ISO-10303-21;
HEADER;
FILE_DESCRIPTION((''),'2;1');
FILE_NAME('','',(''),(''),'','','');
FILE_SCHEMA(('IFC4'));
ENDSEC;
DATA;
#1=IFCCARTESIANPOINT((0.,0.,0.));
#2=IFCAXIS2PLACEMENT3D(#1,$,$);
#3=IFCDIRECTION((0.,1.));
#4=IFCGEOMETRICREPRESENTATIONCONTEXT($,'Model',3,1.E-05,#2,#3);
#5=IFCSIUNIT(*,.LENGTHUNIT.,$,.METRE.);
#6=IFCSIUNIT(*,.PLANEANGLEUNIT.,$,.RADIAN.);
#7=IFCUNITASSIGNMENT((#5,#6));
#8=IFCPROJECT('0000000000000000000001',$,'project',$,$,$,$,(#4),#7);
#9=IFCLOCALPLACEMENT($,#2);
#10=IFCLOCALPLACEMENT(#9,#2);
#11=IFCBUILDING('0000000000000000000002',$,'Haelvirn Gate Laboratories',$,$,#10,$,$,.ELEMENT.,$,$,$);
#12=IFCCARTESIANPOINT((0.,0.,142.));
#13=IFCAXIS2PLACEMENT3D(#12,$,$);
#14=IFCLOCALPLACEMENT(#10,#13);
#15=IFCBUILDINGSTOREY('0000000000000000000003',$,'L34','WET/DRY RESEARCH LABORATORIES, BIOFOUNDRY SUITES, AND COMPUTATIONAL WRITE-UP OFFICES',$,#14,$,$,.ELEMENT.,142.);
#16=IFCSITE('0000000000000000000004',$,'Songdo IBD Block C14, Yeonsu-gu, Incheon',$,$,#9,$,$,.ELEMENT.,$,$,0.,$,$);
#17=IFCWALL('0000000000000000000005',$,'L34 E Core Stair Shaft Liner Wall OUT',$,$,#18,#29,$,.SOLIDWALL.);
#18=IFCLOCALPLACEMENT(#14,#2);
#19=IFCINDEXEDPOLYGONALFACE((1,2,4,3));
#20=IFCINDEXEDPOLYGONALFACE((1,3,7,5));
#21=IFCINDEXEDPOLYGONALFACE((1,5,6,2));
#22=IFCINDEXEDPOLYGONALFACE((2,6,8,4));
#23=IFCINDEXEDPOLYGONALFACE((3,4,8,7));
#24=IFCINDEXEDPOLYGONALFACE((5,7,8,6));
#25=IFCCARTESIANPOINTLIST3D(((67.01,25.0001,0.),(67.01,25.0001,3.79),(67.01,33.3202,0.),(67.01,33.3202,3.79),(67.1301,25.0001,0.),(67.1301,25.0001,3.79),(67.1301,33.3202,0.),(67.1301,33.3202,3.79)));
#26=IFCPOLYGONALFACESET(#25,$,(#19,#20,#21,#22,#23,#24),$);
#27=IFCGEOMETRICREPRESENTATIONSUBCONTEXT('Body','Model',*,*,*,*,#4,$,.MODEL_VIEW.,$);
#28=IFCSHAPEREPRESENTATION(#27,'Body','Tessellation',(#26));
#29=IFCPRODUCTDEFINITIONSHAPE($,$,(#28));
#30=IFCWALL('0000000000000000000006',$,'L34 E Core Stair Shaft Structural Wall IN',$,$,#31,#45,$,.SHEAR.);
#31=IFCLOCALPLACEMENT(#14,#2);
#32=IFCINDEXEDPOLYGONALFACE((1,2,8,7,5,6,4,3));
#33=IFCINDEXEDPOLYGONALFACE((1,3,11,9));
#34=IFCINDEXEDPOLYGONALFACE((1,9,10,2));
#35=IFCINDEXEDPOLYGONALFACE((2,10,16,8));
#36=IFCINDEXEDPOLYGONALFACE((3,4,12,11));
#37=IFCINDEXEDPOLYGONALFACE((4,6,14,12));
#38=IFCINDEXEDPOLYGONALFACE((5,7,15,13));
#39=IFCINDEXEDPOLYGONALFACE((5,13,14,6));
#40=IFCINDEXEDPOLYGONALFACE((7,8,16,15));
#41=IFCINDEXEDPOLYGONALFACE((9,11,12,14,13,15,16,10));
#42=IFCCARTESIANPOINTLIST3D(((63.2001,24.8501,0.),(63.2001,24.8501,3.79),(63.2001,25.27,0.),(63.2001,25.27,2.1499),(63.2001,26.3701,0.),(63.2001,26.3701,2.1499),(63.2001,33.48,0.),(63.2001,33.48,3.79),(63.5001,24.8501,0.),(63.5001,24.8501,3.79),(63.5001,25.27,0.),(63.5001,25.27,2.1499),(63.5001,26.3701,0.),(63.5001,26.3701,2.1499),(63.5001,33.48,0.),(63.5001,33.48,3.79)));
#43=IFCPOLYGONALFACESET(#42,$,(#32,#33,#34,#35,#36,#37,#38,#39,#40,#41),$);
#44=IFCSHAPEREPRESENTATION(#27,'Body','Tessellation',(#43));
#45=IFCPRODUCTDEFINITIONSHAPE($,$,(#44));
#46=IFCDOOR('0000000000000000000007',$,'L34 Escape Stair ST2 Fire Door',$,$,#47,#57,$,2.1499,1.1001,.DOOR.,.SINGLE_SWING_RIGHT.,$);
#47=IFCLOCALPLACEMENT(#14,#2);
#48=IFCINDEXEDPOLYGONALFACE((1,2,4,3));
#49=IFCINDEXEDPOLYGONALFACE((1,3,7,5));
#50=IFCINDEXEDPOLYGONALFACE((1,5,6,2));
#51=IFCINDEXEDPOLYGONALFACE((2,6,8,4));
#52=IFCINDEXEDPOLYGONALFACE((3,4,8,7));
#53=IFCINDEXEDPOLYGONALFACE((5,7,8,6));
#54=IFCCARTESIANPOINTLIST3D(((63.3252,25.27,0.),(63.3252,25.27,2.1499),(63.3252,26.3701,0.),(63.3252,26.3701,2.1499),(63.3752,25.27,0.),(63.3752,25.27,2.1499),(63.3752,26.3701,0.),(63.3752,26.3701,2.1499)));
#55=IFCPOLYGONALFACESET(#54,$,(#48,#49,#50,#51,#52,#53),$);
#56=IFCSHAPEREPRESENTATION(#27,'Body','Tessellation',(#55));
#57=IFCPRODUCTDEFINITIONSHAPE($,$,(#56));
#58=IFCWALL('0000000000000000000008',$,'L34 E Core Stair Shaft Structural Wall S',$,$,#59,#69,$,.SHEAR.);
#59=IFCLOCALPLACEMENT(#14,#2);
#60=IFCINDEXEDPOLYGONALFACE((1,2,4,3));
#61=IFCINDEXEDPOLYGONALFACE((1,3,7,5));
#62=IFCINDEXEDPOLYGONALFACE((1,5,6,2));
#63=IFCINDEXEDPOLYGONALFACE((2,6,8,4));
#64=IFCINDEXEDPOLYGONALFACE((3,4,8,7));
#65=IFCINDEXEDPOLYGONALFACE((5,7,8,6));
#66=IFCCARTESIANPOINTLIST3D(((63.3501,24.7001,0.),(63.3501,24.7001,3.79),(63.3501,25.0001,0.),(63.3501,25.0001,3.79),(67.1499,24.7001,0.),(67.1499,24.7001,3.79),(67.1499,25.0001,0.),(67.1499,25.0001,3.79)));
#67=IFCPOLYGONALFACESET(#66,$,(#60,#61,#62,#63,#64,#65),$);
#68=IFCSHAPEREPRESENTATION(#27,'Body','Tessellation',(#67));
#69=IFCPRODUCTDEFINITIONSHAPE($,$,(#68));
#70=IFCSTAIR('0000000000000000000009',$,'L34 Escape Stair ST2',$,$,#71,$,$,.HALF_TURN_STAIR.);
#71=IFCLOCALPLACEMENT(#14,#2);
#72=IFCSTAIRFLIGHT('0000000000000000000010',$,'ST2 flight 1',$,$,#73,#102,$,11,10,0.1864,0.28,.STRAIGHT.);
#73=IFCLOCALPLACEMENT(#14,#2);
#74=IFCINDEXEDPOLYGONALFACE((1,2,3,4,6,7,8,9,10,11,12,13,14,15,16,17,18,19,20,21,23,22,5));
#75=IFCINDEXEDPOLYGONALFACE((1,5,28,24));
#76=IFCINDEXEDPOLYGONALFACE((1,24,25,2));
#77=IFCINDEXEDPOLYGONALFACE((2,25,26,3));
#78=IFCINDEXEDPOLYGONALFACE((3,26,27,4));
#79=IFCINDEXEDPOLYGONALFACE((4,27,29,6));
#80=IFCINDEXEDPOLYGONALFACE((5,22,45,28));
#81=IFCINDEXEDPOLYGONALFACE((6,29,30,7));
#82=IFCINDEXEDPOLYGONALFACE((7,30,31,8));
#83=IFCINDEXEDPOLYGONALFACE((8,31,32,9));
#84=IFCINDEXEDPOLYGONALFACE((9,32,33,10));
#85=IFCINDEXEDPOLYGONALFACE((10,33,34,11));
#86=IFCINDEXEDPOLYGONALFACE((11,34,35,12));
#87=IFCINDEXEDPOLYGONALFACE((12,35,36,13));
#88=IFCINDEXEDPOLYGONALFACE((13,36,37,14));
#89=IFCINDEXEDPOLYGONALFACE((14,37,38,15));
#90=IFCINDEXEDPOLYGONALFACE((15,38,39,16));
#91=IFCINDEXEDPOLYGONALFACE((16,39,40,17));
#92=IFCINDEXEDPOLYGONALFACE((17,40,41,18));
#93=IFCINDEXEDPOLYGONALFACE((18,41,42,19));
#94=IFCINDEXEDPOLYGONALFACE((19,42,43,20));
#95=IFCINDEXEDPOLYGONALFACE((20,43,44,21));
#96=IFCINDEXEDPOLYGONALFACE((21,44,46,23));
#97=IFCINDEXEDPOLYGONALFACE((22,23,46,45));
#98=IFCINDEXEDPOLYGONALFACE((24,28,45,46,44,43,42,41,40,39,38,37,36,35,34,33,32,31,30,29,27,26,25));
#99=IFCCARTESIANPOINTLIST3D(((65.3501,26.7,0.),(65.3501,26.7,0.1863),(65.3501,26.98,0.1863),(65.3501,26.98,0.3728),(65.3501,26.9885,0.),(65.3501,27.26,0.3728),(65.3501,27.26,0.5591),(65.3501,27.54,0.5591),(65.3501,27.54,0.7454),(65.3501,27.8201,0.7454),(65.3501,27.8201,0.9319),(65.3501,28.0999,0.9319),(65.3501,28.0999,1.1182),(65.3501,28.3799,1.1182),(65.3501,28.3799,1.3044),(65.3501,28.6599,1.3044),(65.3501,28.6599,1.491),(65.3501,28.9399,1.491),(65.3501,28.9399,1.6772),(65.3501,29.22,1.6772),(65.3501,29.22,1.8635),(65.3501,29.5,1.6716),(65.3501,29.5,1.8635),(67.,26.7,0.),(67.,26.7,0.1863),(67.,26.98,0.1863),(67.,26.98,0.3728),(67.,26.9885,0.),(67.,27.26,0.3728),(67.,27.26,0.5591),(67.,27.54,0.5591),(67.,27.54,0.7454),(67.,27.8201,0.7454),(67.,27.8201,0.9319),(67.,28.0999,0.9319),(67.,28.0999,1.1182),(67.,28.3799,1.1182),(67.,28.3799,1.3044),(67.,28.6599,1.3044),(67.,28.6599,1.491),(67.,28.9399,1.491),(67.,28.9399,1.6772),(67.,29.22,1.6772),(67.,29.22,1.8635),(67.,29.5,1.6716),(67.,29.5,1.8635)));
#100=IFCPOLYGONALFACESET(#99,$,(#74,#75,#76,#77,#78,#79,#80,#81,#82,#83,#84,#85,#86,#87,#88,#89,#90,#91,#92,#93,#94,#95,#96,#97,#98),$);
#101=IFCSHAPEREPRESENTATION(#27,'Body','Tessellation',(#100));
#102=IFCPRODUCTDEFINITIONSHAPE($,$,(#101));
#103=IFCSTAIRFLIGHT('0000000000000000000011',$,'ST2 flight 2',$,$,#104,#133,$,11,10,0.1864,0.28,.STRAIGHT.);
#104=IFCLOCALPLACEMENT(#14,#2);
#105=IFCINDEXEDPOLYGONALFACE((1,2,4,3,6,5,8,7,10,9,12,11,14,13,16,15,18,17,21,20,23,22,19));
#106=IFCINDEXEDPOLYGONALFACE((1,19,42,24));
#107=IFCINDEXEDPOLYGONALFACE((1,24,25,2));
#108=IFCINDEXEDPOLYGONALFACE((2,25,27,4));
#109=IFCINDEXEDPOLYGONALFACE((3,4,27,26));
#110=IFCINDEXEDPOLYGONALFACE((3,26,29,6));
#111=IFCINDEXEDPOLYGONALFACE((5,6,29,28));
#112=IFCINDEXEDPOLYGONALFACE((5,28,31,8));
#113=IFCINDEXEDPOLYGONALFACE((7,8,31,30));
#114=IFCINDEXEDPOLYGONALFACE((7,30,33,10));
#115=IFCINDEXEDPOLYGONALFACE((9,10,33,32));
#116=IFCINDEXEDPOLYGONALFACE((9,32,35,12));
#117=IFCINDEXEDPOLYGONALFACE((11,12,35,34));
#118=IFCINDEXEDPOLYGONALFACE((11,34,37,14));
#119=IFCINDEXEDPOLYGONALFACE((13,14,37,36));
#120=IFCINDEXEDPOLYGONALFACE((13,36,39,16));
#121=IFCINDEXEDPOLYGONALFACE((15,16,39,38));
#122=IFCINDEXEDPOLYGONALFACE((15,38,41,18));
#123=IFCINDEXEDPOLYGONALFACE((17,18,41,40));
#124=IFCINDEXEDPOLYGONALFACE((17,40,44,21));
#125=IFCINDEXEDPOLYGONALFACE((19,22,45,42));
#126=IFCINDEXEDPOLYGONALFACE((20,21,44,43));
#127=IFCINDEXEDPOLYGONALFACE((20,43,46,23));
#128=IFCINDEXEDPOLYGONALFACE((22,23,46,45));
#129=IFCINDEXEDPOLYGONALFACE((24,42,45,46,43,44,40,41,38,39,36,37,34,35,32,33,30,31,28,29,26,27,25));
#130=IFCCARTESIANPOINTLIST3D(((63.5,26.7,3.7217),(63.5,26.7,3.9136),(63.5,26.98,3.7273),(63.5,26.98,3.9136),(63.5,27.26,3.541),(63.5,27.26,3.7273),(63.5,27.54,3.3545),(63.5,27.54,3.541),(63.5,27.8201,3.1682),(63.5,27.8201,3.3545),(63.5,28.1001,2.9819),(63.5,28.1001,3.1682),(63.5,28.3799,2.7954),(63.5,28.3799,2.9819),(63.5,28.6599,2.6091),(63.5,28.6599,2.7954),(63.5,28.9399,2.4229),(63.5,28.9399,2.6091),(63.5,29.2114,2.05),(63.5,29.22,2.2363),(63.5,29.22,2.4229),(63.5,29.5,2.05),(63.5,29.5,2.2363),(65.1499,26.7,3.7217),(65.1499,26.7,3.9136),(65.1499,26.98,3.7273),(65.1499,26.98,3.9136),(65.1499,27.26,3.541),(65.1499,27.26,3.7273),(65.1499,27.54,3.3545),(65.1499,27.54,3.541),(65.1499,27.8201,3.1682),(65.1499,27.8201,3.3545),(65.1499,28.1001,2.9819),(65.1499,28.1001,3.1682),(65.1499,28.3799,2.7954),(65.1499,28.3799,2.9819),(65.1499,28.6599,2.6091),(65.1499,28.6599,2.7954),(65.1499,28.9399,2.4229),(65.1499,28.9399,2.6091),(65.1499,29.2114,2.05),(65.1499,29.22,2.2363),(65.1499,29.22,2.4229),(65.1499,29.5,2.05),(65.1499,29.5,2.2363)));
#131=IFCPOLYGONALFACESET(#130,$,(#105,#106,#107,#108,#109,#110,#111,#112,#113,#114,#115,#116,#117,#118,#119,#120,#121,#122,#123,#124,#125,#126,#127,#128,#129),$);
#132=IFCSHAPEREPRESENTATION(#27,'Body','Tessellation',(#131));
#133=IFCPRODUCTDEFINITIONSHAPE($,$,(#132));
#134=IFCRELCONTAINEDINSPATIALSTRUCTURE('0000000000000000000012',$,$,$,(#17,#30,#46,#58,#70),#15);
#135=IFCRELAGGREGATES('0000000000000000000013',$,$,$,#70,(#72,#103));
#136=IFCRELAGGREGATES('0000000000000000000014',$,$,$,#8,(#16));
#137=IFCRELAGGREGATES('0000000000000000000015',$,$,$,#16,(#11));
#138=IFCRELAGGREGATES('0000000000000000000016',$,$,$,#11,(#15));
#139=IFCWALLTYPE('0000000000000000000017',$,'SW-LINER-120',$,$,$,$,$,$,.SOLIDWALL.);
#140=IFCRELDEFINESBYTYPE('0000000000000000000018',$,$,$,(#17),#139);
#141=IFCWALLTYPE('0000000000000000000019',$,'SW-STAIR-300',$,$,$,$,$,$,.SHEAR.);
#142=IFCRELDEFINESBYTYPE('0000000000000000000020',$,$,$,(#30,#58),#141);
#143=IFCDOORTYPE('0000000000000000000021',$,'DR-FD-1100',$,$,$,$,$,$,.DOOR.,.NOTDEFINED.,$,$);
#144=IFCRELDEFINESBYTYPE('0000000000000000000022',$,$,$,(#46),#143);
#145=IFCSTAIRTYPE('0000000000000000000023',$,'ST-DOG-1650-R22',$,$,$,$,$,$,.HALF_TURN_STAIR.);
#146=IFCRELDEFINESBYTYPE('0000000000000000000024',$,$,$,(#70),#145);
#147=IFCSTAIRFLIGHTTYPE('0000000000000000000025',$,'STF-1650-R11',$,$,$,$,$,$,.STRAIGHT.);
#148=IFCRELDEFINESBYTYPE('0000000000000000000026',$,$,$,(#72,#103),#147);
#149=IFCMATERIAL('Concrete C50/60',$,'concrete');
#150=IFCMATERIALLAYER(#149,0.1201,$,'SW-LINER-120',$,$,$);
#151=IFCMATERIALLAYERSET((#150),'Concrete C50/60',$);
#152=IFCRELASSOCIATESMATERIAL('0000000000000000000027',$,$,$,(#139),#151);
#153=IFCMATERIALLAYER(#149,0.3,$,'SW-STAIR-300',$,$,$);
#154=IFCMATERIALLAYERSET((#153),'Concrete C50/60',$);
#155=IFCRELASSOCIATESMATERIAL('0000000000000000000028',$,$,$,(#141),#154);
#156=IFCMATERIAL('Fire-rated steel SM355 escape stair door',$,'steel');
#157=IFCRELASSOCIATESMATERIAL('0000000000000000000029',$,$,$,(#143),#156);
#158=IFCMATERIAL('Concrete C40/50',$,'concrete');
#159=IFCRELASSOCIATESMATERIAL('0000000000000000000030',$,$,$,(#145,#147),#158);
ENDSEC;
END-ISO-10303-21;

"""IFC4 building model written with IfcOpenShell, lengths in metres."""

from ifc_helpers import new_model, si_unit, direction, frame, frame_2d, origin, place, context, subcontext, project, spatial, polyline, rectangle, outline, extrude, source, transform, mapped, material, layer, layer_set, type_object, type_shapes, element, fill, aggregate, save


model = new_model("IFC4")

# Units and contexts
model_context = context("Model", 3, precision=1e-05, world=origin(), true_north=direction((0.0, 1.0)))
body_context = subcontext(model_context, "Body", "Model", "MODEL_VIEW")
ifc_project = project(units=[si_unit("LENGTHUNIT", "METRE"), si_unit("PLANEANGLEUNIT", "RADIAN")], contexts=[model_context])

# Site, building, storey
site_placement = place(None, origin())
site = spatial("IfcSite", under=ifc_project, at=site_placement, Name="Songdo IBD Block C14, Yeonsu-gu, Incheon", CompositionType="ELEMENT", RefElevation=0.0)
building_placement = place(site_placement, origin())
building = spatial("IfcBuilding", under=site, at=building_placement, Name="Haelvirn Gate Laboratories", CompositionType="ELEMENT")
storey_placement = place(building_placement, frame((0.0, 0.0, 142.0)))
storey = spatial("IfcBuildingStorey", under=building, at=storey_placement, Name="L34", Description="WET/DRY RESEARCH LABORATORIES, BIOFOUNDRY SUITES, AND COMPUTATIONAL WRITE-UP OFFICES", CompositionType="ELEMENT", Elevation=142.0)

# Wall
ifc_material_1 = material(Name="Concrete C40/50", Category="concrete")
ifc_material_2 = material(Name="Concrete C50/60", Category="concrete")
ifc_layer_1 = layer(ifc_material_2, 0.1201, Name="SW-LINER-120")
ifc_layer_set_1 = layer_set([ifc_layer_1], Name="Concrete C50/60")
wall_type_1 = type_object("IfcWallType", Name="SW-LINER-120", PredefinedType="SOLIDWALL", material=ifc_layer_set_1)
wall_1_placement = place(storey_placement, frame((67.0701, 25.0, 0.0), z_axis=(0.0, 0.0, 1.0), x_axis=(0.0, 1.0, 0.0)))
element("IfcWall", 1, at=wall_1_placement, inside=storey, type_object=wall_type_1, Name="L34 E Core Stair Shaft Liner Wall OUT", PredefinedType="SOLIDWALL", context=body_context, shape_type="SweptSolid", body=[
    extrude(rectangle(XDim=8.3201, YDim=0.1201, at=frame_2d((4.1602, 0.0))), origin(), (0.0, 0.0, 1.0), 3.79),
])

# Wall, opening, door
ifc_layer_2 = layer(ifc_material_2, 0.3, Name="SW-STAIR-300")
ifc_layer_set_2 = layer_set([ifc_layer_2], Name="Concrete C50/60")
wall_type_2 = type_object("IfcWallType", Name="SW-STAIR-300", PredefinedType="SHEAR", material=ifc_layer_set_2)
wall_2_placement = place(storey_placement, frame((63.3501, 24.8501, 0.0), z_axis=(0.0, 0.0, 1.0), x_axis=(0.0, 1.0, 0.0)))
wall_2 = element("IfcWall", 2, at=wall_2_placement, inside=storey, type_object=wall_type_2, Name="L34 E Core Stair Shaft Structural Wall IN", PredefinedType="SHEAR", context=body_context, shape_type="SweptSolid", body=[
    extrude(rectangle(XDim=8.6299, YDim=0.3, at=frame_2d((4.3149, 0.0))), origin(), (0.0, 0.0, 1.0), 3.79),
])
opening_1_placement = place(wall_2_placement, frame((0.4199, 0.0, 0.0)))
opening_1 = element("IfcOpeningElement", 3, at=opening_1_placement, cuts=wall_2, PredefinedType="OPENING", context=body_context, shape_type="SweptSolid", body=[
    extrude(rectangle(XDim=1.1001, YDim=2.1499, at=frame_2d((0.55, 1.075))), frame((0.0, 0.1602, 0.0), z_axis=(0.0, -1.0, 0.0), x_axis=(1.0, 0.0, 0.0)), (0.0, 0.0, 1.0), 0.3201),
])
ifc_material_3 = material(Name="Fire-rated steel SM355 escape stair door", Category="steel")
door_type_1 = type_object("IfcDoorType", Name="DR-FD-1100", OperationType="NOTDEFINED", PredefinedType="DOOR", material=ifc_material_3)
shared_shape_1 = source(origin(), body_context, "Body", "SweptSolid", [
    extrude(rectangle(XDim=1.1001, YDim=2.1499, at=frame_2d((0.55, 1.075))), frame((0.0, 0.0249, 0.0), z_axis=(0.0, -1.0, 0.0), x_axis=(1.0, 0.0, 0.0)), (0.0, 0.0, 1.0), 0.05),
])
type_shapes(door_type_1, [shared_shape_1])
door_1_placement = place(opening_1_placement, origin())
door_1 = element("IfcDoor", 4, at=door_1_placement, inside=storey, type_object=door_type_1, Name="L34 Escape Stair ST2 Fire Door", OperationType="SINGLE_SWING_RIGHT", OverallHeight=2.1499, OverallWidth=1.1001, PredefinedType="DOOR", context=body_context, shape_type="MappedRepresentation", body=[
    mapped(shared_shape_1, transform((0.0, 0.0, 0.0), scale=1.0)),
])
fill(opening_1, door_1)

# Wall
wall_3_placement = place(storey_placement, frame((63.3501, 24.8501, 0.0), z_axis=(0.0, 0.0, 1.0), x_axis=(1.0, 0.0, 0.0)))
element("IfcWall", 5, at=wall_3_placement, inside=storey, type_object=wall_type_2, Name="L34 E Core Stair Shaft Structural Wall S", PredefinedType="SHEAR", context=body_context, shape_type="SweptSolid", body=[
    extrude(rectangle(XDim=3.7998, YDim=0.3, at=frame_2d((1.8999, 0.0))), origin(), (0.0, 0.0, 1.0), 3.79),
])

# Stair, stair flights
stair_type = type_object("IfcStairType", Name="ST-DOG-1650-R22", PredefinedType="HALF_TURN_STAIR", material=ifc_material_1)
stair_placement = place(storey_placement, origin())
stair = element("IfcStair", 6, at=stair_placement, inside=storey, type_object=stair_type, Name="L34 Escape Stair ST2", PredefinedType="HALF_TURN_STAIR")
stair_flight_type = type_object("IfcStairFlightType", Name="STF-1650-R11", PredefinedType="STRAIGHT", material=ifc_material_1)
shared_shape_2 = source(origin(), body_context, "Body", "SweptSolid", [
    extrude(outline(polyline([(0.0, 0.0), (0.0, 0.1863), (0.28, 0.1863), (0.28, 0.3728), (0.5601, 0.3728), (0.5601, 0.5591), (0.8401, 0.5591), (0.8401, 0.7454), (1.1201, 0.7454), (1.1201, 0.9319), (1.3999, 0.9319), (1.3999, 1.1182), (1.6799, 1.1182), (1.6799, 1.3044), (1.96, 1.3044), (1.96, 1.491), (2.24, 1.491), (2.24, 1.6772), (2.52, 1.6772), (2.52, 1.8635), (2.8, 1.8635), (2.8, 2.05), (2.8, 1.6716), (0.2886, 0.0), (0.0, 0.0)])), frame((0.0, 0.825, 0.0), z_axis=(0.0, -1.0, 0.0), x_axis=(1.0, 0.0, 0.0)), (0.0, 0.0, 1.0), 1.6499),
])
type_shapes(stair_flight_type, [shared_shape_2])
stair_flight_1_placement = place(storey_placement, frame((66.175, 26.7, 0.0), z_axis=(0.0, 0.0, 1.0), x_axis=(0.0, 1.0, 0.0)))
stair_flight_1 = element("IfcStairFlight", 7, at=stair_flight_1_placement, type_object=stair_flight_type, Name="ST2 flight 1", NumberOfRisers=11, NumberOfTreads=10, PredefinedType="STRAIGHT", RiserHeight=0.1864, TreadLength=0.28, context=body_context, shape_type="MappedRepresentation", body=[
    mapped(shared_shape_2, transform((0.0, 0.0, 0.0), scale=1.0)),
])
stair_flight_2_placement = place(storey_placement, frame((64.325, 29.5, 2.05), z_axis=(0.0, 0.0, 1.0), x_axis=(0.0, -1.0, 0.0)))
stair_flight_2 = element("IfcStairFlight", 8, at=stair_flight_2_placement, type_object=stair_flight_type, Name="ST2 flight 2", NumberOfRisers=11, NumberOfTreads=10, PredefinedType="STRAIGHT", RiserHeight=0.1864, TreadLength=0.28, context=body_context, shape_type="MappedRepresentation", body=[
    mapped(shared_shape_2, transform((0.0, 0.0, 0.0), scale=1.0)),
])
aggregate(stair, [stair_flight_1, stair_flight_2])

save(model, "model.ifc")
